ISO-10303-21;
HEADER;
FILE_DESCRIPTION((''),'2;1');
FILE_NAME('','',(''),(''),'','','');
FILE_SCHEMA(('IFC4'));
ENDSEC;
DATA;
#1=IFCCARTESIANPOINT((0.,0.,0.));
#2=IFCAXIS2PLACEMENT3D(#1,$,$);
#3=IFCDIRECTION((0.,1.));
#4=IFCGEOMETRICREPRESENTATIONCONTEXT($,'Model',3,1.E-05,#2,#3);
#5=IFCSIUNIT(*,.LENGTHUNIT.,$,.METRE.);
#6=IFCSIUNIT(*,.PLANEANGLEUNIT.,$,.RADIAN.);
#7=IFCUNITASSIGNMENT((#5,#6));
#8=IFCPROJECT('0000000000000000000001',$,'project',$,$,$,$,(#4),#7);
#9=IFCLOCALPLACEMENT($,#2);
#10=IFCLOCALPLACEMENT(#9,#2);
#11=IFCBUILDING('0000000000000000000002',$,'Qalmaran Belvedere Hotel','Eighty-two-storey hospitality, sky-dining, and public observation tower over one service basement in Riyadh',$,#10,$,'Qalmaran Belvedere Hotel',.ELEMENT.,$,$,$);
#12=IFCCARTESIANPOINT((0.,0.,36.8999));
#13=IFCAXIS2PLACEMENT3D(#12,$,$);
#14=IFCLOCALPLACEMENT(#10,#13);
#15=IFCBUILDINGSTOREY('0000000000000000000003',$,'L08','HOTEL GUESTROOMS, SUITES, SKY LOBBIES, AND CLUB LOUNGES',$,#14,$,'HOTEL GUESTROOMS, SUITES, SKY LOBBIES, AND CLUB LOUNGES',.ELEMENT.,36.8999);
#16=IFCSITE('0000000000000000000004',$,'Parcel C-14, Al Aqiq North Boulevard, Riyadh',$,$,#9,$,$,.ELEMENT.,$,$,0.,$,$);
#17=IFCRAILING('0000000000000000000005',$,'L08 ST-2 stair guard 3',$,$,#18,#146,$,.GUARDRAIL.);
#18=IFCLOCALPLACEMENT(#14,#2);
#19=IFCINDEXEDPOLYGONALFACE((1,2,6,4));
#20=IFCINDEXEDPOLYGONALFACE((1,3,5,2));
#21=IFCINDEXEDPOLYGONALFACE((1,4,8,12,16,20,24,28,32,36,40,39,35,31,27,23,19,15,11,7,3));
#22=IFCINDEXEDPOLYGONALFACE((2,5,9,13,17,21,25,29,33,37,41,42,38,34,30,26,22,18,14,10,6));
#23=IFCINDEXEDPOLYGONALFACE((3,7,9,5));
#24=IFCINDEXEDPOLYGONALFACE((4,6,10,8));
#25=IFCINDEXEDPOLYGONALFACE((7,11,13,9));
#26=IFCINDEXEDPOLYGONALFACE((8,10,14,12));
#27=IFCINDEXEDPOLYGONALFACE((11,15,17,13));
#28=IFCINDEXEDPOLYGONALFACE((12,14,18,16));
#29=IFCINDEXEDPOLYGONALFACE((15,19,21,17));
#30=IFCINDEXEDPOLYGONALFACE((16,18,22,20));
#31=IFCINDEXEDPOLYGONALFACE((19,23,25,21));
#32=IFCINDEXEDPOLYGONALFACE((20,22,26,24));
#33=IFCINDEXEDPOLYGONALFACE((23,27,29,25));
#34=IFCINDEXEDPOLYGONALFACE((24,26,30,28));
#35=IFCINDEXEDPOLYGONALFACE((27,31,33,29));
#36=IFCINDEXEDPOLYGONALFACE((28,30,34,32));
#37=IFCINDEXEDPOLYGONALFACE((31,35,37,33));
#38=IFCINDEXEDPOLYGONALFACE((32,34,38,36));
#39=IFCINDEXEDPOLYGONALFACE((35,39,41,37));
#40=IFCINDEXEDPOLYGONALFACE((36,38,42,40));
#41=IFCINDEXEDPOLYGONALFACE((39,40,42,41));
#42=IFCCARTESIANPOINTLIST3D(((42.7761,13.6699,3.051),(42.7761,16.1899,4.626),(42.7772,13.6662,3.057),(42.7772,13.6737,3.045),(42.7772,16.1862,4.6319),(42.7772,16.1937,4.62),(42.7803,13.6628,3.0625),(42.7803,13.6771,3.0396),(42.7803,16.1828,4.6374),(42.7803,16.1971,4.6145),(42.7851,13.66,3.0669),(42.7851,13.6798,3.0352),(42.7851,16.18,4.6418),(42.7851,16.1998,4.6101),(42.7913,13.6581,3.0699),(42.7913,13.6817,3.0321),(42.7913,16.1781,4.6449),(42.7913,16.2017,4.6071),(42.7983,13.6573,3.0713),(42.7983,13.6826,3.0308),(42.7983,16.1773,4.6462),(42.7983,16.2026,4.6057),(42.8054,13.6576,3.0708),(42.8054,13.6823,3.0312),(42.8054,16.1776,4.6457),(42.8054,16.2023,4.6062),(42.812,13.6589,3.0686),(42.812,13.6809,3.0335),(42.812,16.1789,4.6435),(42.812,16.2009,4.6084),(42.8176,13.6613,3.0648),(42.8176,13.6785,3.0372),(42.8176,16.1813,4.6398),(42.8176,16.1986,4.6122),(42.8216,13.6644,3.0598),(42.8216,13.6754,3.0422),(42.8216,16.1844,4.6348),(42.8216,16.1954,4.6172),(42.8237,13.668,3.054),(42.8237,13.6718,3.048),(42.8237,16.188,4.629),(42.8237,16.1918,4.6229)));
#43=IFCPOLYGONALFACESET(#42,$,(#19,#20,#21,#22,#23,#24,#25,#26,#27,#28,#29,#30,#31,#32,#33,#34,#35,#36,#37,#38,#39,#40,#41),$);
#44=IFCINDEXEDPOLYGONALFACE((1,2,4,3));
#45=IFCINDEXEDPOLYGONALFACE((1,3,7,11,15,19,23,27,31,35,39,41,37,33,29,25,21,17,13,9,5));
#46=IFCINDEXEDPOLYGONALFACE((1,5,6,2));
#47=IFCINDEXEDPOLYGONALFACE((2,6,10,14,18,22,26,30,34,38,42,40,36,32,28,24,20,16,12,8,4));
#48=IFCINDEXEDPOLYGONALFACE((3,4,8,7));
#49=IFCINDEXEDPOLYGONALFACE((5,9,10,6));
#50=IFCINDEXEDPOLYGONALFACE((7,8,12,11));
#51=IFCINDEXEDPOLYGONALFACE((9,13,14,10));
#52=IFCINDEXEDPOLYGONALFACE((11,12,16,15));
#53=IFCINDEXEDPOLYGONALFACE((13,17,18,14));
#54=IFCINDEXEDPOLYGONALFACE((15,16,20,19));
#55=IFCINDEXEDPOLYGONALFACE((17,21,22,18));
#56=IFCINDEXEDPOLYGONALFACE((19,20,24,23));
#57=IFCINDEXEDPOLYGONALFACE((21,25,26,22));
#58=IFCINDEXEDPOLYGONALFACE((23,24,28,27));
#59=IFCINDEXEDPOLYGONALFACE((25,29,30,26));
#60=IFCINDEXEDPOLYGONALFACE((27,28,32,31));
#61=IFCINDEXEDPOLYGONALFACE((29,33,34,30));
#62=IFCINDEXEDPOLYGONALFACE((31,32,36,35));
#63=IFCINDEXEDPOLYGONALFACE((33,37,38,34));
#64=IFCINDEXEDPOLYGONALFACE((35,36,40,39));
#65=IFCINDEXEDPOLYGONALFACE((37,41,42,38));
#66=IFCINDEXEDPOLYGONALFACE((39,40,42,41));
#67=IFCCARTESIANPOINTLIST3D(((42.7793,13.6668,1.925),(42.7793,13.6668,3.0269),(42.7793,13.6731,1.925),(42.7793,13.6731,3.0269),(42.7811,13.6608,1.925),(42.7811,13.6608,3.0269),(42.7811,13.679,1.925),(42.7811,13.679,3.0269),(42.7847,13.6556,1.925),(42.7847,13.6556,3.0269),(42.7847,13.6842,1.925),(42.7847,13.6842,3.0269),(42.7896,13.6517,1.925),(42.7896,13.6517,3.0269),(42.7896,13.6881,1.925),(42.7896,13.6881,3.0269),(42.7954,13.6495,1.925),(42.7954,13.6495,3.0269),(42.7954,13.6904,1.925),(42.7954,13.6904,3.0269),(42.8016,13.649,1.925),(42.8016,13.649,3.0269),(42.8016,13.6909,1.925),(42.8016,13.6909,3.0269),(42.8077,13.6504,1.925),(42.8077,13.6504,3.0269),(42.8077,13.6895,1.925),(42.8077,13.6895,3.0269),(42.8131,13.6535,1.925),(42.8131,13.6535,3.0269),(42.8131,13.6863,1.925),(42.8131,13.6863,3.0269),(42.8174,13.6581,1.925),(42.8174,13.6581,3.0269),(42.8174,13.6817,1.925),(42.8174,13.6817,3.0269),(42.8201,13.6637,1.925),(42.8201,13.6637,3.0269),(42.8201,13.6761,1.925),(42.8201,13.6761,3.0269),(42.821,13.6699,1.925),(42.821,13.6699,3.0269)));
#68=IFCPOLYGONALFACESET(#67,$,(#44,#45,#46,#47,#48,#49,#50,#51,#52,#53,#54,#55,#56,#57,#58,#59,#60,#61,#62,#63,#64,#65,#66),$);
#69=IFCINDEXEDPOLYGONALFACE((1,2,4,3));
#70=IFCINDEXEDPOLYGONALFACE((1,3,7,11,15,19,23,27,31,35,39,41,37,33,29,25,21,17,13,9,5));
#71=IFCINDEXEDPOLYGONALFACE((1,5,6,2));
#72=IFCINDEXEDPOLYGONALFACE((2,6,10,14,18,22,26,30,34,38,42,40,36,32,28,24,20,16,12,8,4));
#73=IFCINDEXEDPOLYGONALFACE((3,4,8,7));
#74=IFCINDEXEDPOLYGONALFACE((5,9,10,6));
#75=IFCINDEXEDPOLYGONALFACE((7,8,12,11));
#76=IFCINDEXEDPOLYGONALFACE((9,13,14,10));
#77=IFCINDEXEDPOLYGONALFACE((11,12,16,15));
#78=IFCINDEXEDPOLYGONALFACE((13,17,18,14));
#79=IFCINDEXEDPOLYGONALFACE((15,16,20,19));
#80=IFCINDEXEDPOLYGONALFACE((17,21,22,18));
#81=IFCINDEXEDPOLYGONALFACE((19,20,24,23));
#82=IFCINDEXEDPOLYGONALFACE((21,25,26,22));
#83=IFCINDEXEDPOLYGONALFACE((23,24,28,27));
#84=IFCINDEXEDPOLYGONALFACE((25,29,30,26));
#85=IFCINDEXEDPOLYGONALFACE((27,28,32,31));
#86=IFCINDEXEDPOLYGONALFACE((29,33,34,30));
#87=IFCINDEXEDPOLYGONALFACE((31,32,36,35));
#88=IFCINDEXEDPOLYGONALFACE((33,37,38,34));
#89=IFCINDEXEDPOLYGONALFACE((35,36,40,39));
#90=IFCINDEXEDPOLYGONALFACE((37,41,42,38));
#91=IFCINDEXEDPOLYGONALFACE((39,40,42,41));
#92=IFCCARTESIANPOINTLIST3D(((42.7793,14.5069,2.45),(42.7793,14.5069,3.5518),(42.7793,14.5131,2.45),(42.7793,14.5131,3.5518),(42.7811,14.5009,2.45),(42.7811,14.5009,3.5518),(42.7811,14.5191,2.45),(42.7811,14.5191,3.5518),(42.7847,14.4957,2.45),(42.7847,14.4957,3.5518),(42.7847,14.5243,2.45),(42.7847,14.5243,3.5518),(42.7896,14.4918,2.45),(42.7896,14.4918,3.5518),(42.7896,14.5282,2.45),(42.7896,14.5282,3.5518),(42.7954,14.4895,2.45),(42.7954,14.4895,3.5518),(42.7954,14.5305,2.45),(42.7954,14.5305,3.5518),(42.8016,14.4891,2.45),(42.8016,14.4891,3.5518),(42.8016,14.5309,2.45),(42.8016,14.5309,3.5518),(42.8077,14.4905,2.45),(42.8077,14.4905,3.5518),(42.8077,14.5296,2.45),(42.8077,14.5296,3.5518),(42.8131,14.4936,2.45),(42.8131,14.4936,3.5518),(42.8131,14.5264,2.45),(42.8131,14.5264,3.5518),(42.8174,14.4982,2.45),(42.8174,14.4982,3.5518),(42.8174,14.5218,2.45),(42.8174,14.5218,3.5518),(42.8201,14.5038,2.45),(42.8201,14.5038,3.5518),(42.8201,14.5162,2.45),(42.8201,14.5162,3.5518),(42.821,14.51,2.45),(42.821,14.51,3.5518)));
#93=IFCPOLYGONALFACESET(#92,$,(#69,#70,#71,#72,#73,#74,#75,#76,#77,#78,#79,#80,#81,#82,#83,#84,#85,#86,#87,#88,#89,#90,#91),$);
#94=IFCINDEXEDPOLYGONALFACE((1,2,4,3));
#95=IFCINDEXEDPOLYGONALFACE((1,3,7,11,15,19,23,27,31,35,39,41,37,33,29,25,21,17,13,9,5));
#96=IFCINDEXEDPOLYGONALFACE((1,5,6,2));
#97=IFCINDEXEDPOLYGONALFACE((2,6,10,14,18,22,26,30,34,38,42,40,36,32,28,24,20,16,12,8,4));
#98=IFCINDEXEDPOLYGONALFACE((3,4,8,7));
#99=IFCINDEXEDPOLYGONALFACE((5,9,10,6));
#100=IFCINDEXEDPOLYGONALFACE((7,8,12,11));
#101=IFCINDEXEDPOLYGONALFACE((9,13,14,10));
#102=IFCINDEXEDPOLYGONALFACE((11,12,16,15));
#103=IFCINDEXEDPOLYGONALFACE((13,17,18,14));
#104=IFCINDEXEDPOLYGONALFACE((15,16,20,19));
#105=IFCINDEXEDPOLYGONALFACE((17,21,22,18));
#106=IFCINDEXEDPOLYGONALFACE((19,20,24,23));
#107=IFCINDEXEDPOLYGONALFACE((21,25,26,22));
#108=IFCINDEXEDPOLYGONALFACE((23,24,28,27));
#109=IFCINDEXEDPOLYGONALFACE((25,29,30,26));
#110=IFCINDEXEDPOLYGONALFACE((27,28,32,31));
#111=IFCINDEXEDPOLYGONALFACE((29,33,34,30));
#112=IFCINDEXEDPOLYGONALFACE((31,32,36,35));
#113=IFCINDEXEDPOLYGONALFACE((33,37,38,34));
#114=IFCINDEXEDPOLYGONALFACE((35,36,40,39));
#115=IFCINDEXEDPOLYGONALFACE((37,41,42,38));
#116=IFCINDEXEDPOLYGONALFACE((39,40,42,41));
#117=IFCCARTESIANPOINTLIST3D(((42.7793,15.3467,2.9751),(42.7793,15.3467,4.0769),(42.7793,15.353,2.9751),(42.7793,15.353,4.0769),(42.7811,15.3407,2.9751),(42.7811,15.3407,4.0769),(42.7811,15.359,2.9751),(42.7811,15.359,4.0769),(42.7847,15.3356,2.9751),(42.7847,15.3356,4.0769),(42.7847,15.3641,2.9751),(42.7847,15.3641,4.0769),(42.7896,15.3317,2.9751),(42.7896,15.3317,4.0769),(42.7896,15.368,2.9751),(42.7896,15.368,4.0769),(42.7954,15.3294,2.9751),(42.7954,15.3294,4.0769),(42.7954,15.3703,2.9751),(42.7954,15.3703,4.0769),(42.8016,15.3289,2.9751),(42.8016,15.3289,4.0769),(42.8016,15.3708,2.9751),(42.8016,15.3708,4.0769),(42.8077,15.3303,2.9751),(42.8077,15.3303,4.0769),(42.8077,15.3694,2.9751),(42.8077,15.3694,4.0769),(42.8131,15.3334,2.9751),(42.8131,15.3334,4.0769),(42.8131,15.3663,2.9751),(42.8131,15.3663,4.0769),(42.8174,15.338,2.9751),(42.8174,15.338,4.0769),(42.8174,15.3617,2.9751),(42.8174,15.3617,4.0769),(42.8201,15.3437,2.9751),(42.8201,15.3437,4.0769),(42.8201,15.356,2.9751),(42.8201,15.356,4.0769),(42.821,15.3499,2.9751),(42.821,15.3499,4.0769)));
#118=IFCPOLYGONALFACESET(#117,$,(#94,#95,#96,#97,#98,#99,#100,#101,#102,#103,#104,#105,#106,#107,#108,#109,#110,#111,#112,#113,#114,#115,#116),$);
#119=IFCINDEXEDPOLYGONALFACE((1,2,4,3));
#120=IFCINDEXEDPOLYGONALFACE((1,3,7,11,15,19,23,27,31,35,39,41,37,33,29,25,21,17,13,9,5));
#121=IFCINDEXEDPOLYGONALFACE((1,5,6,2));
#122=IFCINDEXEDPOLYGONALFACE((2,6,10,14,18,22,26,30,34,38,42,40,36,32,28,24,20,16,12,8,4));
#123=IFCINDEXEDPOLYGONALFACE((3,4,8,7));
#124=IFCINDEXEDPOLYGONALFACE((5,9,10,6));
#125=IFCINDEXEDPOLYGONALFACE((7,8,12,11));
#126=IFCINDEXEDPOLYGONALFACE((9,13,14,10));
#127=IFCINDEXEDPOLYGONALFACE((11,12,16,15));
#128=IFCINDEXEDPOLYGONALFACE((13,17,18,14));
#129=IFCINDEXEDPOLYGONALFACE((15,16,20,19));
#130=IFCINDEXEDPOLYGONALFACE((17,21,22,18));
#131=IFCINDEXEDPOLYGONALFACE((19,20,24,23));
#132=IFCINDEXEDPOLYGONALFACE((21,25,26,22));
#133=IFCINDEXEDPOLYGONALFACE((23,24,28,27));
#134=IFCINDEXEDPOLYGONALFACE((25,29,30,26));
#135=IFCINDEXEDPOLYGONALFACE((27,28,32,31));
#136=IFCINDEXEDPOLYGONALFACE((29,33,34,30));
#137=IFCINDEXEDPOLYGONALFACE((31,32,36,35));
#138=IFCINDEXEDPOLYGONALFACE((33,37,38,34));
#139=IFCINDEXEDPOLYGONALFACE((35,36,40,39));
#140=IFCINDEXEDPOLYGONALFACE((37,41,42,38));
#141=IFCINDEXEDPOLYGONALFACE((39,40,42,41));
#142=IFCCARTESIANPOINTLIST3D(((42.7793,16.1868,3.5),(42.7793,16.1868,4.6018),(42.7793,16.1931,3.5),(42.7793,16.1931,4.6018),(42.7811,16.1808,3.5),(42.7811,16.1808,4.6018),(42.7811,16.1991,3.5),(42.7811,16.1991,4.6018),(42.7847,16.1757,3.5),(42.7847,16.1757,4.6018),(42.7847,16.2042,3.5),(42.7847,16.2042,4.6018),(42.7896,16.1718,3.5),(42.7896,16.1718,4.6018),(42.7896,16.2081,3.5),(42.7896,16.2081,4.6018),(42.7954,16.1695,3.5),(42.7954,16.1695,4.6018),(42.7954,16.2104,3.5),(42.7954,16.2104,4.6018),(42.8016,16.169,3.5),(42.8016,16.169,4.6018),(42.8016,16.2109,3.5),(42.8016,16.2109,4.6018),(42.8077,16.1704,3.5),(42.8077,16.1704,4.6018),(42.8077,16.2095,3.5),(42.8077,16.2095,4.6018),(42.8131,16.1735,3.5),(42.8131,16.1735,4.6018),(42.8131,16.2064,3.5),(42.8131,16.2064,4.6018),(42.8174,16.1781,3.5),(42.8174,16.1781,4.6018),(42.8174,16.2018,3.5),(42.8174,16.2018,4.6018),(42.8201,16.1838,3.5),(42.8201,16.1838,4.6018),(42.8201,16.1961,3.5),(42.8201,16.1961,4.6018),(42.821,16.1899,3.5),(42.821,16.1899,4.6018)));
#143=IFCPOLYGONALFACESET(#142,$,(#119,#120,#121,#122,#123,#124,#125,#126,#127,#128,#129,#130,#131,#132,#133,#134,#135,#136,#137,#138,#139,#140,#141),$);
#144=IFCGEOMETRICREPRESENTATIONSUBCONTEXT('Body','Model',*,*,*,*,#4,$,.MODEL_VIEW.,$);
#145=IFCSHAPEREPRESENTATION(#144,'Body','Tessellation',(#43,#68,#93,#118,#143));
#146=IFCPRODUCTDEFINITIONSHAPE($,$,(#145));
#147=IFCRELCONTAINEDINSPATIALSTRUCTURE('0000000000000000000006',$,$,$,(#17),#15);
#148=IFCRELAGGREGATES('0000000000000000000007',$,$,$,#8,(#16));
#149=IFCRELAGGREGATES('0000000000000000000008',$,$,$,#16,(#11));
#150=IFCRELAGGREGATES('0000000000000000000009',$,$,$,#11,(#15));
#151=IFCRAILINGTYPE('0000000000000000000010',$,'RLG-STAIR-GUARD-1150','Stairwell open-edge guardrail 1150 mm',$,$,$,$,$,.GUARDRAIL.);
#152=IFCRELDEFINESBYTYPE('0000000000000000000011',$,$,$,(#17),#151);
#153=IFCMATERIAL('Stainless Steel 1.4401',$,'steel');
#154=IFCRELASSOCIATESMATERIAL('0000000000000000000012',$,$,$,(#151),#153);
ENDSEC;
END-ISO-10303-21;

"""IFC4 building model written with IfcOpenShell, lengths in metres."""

from ifc_helpers import new_model, si_unit, direction, frame, origin, origin_2d, place, context, subcontext, project, spatial, circle, extrude, material, type_object, element, save


model = new_model("IFC4")

# Units and contexts
model_context = context("Model", 3, precision=1e-05, world=origin(), true_north=direction((0.0, 1.0)))
body_context = subcontext(model_context, "Body", "Model", "MODEL_VIEW")
ifc_project = project(units=[si_unit("LENGTHUNIT", "METRE"), si_unit("PLANEANGLEUNIT", "RADIAN")], contexts=[model_context])

# Site, building, storey
site_placement = place(None, origin())
site = spatial("IfcSite", under=ifc_project, at=site_placement, Name="Parcel C-14, Al Aqiq North Boulevard, Riyadh", CompositionType="ELEMENT", RefElevation=0.0)
building_placement = place(site_placement, origin())
building = spatial("IfcBuilding", under=site, at=building_placement, Name="Qalmaran Belvedere Hotel", Description="Eighty-two-storey hospitality, sky-dining, and public observation tower over one service basement in Riyadh", LongName="Qalmaran Belvedere Hotel", CompositionType="ELEMENT")
storey_placement = place(building_placement, frame((0.0, 0.0, 36.8999)))
storey = spatial("IfcBuildingStorey", under=building, at=storey_placement, Name="L08", Description="HOTEL GUESTROOMS, SUITES, SKY LOBBIES, AND CLUB LOUNGES", LongName="HOTEL GUESTROOMS, SUITES, SKY LOBBIES, AND CLUB LOUNGES", CompositionType="ELEMENT", Elevation=36.8999)

# Shared definitions
ifc_material_1 = material(Name="Stainless Steel 1.4401", Category="steel")

# Railing
railing_type_1 = type_object("IfcRailingType", Name="RLG-STAIR-GUARD-1150", Description="Stairwell open-edge guardrail 1150 mm", PredefinedType="GUARDRAIL", material=ifc_material_1)
railing_1_placement = place(storey_placement, frame((42.8, 13.6699, 1.925)))
element("IfcRailing", 1, at=railing_1_placement, inside=storey, type_object=railing_type_1, Name="L08 ST-2 stair guard 3", PredefinedType="GUARDRAIL", context=body_context, shape_type="SweptSolid", body=[
    extrude(circle(Radius=0.0239, at=origin_2d()), frame((0.0, 0.0, 1.126), z_axis=(0.0, 0.848008, 0.529984), x_axis=(-1.0, 0.0, 0.0)), (0.0, 0.0, 1.0), 2.9717),
    extrude(circle(Radius=0.021, at=origin_2d()), origin(), (0.0, 0.0, 1.0), 1.1018),
    extrude(circle(Radius=0.021, at=origin_2d()), frame((0.0, 0.8401, 0.5249)), (0.0, 0.0, 1.0), 1.1018),
    extrude(circle(Radius=0.021, at=origin_2d()), frame((0.0, 1.6799, 1.05)), (0.0, 0.0, 1.0), 1.1018),
    extrude(circle(Radius=0.021, at=origin_2d()), frame((0.0, 2.52, 1.575)), (0.0, 0.0, 1.0), 1.1018),
])

save(model, "model.ifc")
